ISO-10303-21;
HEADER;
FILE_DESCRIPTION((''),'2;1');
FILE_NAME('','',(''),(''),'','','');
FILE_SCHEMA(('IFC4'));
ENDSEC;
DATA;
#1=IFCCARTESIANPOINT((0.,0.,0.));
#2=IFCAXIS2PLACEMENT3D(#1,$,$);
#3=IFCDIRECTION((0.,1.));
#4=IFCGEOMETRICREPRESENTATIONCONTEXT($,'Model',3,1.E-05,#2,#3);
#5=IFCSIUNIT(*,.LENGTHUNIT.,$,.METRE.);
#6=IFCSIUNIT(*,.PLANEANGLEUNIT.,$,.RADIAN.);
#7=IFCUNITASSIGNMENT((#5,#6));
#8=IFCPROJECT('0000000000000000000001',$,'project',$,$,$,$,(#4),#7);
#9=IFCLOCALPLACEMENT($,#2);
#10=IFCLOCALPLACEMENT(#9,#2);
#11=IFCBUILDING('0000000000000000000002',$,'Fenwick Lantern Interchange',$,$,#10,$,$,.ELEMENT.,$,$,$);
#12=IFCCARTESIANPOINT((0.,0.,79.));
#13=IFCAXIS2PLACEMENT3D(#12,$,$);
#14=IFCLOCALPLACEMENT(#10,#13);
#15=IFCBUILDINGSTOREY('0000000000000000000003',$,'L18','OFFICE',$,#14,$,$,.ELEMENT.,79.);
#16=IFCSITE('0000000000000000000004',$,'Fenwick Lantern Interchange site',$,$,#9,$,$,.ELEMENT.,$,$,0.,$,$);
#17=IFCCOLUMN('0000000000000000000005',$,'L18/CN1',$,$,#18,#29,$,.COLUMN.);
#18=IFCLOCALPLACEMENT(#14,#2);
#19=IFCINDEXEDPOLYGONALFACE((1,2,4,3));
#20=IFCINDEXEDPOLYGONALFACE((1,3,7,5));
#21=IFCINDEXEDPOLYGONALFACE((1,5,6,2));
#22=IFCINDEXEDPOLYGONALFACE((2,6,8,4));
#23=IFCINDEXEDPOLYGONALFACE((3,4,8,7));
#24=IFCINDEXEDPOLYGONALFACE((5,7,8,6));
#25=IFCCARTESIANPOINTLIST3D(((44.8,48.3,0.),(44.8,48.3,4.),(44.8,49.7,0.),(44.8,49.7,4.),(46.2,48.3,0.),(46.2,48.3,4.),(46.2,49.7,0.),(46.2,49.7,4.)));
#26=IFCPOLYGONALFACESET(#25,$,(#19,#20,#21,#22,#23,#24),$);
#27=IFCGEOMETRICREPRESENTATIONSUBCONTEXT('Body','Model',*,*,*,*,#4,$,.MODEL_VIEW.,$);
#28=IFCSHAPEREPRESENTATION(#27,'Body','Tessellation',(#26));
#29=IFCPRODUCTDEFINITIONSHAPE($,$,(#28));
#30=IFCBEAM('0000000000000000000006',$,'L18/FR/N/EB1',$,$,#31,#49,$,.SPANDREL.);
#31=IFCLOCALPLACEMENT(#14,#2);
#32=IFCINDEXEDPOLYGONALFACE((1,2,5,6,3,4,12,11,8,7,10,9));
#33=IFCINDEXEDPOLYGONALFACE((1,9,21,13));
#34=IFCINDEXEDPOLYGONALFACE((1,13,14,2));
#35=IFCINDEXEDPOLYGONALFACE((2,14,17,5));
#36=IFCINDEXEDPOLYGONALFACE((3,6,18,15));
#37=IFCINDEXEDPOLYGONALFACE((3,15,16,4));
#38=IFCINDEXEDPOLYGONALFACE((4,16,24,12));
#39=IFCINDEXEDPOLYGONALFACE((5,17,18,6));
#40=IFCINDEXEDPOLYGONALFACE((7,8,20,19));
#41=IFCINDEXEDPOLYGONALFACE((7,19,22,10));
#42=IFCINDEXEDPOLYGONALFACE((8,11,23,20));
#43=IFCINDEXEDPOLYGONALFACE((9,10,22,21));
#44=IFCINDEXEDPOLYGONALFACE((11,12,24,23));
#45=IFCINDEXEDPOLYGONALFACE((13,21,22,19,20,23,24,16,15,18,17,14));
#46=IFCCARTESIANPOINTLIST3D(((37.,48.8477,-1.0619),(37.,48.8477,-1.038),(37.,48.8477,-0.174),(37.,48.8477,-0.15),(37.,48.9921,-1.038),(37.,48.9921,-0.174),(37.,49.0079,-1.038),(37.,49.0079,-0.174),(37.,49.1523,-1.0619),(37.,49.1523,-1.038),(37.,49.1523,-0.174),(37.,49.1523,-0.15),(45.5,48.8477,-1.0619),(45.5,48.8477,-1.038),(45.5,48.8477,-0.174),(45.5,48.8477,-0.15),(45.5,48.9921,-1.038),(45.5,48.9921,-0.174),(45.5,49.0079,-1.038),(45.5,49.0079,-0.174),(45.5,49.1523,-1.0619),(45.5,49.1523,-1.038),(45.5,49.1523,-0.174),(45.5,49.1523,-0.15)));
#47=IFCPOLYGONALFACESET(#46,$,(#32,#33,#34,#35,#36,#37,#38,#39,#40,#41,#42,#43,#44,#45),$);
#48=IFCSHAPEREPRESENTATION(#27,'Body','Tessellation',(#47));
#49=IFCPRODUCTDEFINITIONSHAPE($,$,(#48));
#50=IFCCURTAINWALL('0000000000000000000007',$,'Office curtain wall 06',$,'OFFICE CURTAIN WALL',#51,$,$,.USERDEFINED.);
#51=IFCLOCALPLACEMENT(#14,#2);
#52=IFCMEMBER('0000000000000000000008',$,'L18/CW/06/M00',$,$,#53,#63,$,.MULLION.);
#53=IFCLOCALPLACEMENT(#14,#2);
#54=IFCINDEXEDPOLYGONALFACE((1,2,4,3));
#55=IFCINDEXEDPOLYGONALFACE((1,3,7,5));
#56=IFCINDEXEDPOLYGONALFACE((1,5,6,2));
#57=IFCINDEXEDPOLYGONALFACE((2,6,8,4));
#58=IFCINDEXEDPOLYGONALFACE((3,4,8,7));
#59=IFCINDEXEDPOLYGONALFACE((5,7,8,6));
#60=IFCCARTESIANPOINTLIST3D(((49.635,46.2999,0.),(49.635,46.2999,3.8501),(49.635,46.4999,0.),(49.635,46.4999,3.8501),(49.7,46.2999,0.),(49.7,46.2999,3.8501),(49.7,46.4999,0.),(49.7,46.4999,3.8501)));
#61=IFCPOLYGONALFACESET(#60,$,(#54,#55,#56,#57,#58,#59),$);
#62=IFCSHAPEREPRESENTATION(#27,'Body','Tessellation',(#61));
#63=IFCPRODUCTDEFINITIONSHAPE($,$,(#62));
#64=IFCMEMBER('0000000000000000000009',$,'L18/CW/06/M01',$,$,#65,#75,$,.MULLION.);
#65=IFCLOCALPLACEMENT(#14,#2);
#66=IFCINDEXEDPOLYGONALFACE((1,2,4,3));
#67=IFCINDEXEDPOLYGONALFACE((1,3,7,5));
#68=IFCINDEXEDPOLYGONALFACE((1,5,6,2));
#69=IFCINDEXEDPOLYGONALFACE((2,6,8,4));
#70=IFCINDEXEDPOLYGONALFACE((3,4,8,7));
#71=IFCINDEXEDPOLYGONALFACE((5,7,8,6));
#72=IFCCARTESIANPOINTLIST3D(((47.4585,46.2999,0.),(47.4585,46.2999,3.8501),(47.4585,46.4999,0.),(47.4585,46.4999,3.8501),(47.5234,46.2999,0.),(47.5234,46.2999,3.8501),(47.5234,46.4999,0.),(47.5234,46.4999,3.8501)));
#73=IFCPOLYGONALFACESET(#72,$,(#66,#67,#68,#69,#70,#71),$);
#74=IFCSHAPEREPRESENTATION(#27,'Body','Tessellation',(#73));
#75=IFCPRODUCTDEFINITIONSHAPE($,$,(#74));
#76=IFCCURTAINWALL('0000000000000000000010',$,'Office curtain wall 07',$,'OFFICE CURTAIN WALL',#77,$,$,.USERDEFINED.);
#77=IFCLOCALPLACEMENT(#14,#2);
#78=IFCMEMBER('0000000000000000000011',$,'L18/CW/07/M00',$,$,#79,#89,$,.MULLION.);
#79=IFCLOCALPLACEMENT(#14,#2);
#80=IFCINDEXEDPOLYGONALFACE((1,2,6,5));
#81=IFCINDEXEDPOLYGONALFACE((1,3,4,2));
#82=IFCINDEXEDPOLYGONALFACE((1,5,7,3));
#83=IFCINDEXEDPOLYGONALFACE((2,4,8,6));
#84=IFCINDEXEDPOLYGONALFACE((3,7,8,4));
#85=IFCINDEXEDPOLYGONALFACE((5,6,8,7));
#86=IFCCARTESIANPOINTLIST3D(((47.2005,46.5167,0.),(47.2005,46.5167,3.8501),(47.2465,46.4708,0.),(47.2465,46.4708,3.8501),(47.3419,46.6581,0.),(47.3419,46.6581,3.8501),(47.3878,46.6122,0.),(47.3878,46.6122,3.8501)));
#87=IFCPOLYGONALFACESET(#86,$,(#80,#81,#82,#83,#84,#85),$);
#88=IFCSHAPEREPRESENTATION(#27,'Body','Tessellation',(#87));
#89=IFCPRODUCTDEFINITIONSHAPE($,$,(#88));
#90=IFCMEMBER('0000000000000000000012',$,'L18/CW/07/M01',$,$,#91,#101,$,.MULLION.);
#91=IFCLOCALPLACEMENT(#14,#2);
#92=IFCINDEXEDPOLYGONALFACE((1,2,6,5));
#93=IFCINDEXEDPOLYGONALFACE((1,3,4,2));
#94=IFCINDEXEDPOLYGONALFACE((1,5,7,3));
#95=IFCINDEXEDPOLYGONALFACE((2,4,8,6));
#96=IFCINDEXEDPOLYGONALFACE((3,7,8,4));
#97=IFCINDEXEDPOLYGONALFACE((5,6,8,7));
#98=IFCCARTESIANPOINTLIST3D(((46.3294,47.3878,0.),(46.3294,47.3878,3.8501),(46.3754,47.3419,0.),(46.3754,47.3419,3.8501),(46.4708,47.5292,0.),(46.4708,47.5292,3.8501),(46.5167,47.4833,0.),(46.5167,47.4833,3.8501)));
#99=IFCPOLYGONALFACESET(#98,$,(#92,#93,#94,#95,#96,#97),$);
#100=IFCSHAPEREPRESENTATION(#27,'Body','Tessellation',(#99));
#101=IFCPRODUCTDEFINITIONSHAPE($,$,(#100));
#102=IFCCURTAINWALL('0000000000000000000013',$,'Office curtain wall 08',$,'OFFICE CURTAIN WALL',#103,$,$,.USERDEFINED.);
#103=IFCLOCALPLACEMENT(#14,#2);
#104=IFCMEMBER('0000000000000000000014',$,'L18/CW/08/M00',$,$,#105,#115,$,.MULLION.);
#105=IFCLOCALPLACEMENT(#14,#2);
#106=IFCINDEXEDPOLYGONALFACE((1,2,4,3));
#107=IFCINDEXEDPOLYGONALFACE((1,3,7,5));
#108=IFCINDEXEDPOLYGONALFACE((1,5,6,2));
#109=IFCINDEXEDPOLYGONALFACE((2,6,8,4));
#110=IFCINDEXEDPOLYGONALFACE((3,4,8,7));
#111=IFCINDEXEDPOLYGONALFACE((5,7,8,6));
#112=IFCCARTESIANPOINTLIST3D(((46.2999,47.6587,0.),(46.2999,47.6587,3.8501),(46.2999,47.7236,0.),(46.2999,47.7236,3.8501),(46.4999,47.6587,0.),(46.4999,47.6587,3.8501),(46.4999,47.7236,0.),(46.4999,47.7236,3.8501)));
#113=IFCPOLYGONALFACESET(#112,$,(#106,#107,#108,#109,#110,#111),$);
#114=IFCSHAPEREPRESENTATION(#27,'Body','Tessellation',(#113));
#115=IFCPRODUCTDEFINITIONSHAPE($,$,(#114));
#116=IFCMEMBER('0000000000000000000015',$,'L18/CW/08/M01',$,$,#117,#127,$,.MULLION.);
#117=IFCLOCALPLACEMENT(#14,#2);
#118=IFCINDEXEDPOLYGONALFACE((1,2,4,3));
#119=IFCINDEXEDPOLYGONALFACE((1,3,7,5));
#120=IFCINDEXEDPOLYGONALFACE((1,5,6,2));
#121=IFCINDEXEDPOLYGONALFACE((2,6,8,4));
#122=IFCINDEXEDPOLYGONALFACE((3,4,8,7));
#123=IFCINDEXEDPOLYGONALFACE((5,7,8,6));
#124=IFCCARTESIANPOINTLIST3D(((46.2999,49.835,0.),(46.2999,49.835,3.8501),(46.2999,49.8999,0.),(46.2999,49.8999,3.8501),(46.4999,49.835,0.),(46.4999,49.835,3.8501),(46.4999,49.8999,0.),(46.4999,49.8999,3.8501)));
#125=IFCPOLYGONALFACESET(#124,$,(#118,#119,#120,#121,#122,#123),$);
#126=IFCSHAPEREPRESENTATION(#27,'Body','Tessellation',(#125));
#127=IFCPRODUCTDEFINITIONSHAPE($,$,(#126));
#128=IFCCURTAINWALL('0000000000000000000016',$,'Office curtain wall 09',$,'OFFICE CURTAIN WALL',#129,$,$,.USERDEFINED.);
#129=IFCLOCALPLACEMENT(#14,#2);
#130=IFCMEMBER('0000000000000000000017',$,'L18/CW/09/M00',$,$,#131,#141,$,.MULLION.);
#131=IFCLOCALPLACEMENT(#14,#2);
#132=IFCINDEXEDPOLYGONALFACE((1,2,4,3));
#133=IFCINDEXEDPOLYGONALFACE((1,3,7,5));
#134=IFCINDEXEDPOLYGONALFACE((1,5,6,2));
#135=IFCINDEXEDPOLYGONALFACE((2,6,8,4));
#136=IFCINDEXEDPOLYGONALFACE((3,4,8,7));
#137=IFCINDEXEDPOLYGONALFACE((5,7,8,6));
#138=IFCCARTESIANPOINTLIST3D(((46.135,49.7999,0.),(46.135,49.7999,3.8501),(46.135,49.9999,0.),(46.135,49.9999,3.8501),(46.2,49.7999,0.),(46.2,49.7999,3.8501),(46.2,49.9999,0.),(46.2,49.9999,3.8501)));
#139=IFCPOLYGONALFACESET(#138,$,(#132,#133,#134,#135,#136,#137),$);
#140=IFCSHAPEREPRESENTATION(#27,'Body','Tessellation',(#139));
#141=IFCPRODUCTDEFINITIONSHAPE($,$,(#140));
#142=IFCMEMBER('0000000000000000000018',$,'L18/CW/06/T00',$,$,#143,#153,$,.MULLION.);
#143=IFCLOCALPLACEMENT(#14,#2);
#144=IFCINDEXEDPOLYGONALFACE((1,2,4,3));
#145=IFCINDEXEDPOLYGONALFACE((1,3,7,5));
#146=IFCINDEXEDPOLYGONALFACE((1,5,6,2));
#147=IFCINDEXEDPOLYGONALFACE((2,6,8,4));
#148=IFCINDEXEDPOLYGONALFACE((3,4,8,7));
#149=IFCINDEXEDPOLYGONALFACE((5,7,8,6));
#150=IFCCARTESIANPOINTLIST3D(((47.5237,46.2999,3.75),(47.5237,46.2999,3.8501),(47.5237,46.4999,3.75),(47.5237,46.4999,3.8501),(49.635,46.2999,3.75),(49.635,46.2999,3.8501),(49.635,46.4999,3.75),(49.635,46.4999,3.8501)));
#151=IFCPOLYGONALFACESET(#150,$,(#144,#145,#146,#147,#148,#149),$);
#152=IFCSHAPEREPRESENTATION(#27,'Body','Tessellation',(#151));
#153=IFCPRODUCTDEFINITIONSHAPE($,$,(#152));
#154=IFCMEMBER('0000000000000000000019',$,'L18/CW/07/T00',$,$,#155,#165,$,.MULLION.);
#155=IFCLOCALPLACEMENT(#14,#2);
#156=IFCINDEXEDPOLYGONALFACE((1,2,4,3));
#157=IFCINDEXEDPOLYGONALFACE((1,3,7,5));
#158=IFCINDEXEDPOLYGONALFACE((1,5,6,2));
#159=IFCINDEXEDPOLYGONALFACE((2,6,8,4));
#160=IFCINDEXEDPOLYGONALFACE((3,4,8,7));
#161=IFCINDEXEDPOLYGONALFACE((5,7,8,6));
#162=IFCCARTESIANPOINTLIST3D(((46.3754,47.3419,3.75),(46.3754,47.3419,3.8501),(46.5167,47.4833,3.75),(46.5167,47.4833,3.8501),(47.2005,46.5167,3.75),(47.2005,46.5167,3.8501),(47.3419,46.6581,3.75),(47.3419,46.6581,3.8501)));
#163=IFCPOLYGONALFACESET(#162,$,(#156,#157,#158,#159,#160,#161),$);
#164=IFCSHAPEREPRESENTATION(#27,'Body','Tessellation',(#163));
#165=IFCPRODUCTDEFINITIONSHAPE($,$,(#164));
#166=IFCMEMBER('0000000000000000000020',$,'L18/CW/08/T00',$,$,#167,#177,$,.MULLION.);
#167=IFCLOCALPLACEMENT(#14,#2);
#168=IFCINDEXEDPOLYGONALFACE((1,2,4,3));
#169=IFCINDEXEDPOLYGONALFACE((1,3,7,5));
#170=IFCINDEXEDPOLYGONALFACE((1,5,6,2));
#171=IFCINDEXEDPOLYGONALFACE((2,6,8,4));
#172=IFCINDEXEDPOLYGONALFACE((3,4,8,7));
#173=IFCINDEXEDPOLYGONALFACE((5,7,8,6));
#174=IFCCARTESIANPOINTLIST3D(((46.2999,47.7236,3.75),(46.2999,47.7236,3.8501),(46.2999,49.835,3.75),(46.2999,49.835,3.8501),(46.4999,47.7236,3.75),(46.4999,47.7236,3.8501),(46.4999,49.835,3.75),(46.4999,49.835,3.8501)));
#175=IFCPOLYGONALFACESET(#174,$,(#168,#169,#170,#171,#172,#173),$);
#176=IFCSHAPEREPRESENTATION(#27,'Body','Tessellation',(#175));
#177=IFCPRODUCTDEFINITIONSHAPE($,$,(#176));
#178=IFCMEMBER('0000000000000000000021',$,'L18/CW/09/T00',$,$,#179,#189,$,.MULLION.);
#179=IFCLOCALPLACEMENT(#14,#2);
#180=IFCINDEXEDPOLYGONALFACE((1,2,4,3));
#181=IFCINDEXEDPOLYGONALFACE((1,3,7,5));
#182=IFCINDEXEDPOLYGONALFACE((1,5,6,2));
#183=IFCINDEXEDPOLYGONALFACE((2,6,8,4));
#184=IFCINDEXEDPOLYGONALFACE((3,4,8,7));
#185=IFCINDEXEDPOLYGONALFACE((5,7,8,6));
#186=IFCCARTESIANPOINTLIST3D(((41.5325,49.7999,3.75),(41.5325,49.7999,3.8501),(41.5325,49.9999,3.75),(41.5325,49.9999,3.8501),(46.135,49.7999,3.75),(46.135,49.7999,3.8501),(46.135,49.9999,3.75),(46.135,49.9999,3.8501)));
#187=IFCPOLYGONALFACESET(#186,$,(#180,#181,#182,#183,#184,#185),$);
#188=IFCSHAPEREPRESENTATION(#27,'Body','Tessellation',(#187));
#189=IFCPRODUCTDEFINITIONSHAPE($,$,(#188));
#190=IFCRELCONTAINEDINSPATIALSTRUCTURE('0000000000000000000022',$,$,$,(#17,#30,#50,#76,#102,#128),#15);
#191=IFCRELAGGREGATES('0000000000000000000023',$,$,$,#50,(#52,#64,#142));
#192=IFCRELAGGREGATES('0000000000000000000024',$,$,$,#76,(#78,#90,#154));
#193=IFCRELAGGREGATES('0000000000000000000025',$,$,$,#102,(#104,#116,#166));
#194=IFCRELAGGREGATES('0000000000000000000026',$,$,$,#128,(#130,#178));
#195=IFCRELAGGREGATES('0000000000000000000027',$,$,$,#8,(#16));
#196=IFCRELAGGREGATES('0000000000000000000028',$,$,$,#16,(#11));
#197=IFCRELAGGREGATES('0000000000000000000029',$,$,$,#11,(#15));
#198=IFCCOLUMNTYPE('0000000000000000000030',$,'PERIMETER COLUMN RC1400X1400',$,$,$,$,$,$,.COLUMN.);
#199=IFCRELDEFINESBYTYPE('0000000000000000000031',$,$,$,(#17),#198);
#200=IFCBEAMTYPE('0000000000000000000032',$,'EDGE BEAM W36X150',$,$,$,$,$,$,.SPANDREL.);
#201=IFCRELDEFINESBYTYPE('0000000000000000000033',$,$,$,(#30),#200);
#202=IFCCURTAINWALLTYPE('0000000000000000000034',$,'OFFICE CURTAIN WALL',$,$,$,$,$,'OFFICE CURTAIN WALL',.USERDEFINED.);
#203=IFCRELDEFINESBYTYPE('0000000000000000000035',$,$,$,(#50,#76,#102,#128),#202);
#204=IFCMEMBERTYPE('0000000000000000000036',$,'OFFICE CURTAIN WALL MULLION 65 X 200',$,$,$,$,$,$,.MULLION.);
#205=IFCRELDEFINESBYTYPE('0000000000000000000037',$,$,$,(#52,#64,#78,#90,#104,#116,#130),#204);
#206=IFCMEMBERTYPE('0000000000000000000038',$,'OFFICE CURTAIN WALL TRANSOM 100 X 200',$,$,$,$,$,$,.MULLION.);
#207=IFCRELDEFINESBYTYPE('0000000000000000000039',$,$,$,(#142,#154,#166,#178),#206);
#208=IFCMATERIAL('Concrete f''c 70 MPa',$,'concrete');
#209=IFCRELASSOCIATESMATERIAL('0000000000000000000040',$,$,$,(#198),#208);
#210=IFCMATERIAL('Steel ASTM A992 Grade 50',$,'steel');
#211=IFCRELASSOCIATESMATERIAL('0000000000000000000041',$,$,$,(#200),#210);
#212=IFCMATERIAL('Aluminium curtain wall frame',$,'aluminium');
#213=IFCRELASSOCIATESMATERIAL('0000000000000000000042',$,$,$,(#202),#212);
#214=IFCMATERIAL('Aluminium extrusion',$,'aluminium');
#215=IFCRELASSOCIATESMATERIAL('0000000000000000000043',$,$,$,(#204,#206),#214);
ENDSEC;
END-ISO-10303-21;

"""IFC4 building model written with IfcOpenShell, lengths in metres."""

from ifc_helpers import new_model, si_unit, direction, frame, origin, origin_2d, place, context, subcontext, project, spatial, rectangle, i_section, extrude, material, material_profile, profile_set, type_object, element, aggregate, save


model = new_model("IFC4")

# Units and contexts
model_context = context("Model", 3, precision=1e-05, world=origin(), true_north=direction((0.0, 1.0)))
body_context = subcontext(model_context, "Body", "Model", "MODEL_VIEW")
ifc_project = project(units=[si_unit("LENGTHUNIT", "METRE"), si_unit("PLANEANGLEUNIT", "RADIAN")], contexts=[model_context])

# Site, building, storey
site_placement = place(None, origin())
site = spatial("IfcSite", under=ifc_project, at=site_placement, Name="Fenwick Lantern Interchange site", CompositionType="ELEMENT", RefElevation=0.0)
building_placement = place(site_placement, origin())
building = spatial("IfcBuilding", under=site, at=building_placement, Name="Fenwick Lantern Interchange", CompositionType="ELEMENT")
storey_placement = place(building_placement, frame((0.0, 0.0, 79.0)))
storey = spatial("IfcBuildingStorey", under=building, at=storey_placement, Name="L18", Description="OFFICE", CompositionType="ELEMENT", Elevation=79.0)

# Column
ifc_material_1 = material(Name="Concrete f'c 70 MPa", Category="concrete")
ifc_material_profile_1 = material_profile(ifc_material_1, rectangle(XDim=1.3999, YDim=1.3999, at=origin_2d()), Name="RC1400X1400")
ifc_profile_set_1 = profile_set([ifc_material_profile_1], Name="Concrete f'c 70 MPa")
column_type = type_object("IfcColumnType", Name="PERIMETER COLUMN RC1400X1400", PredefinedType="COLUMN", material=ifc_profile_set_1)
column_placement = place(storey_placement, frame((45.5, 49.0, 0.0), z_axis=(0.0, 0.0, 1.0), x_axis=(1.0, 0.0, 0.0)))
element("IfcColumn", 1, at=column_placement, inside=storey, type_object=column_type, Name="L18/CN1", PredefinedType="COLUMN", context=body_context, shape_type="SweptSolid", body=[
    extrude(rectangle(XDim=1.3999, YDim=1.3999, at=origin_2d()), origin(), (0.0, 0.0, 1.0), 4.0),
])

# Beam
ifc_material_2 = material(Name="Steel ASTM A992 Grade 50", Category="steel")
ifc_material_profile_2 = material_profile(ifc_material_2, i_section(OverallWidth=0.3047, OverallDepth=0.9119, WebThickness=0.0159, FlangeThickness=0.0239, at=origin_2d()), Name="W36X150")
ifc_profile_set_2 = profile_set([ifc_material_profile_2], Name="Steel ASTM A992 Grade 50")
beam_type = type_object("IfcBeamType", Name="EDGE BEAM W36X150", PredefinedType="SPANDREL", material=ifc_profile_set_2)
beam_placement = place(storey_placement, frame((45.5, 49.0, -0.606), z_axis=(-1.0, 0.0, 0.0), x_axis=(0.0, -1.0, 0.0)))
element("IfcBeam", 2, at=beam_placement, inside=storey, type_object=beam_type, Name="L18/FR/N/EB1", PredefinedType="SPANDREL", context=body_context, shape_type="SweptSolid", body=[
    extrude(i_section(OverallWidth=0.3047, OverallDepth=0.9119, WebThickness=0.0159, FlangeThickness=0.0239, at=origin_2d()), origin(), (0.0, 0.0, 1.0), 8.5),
])

# Curtain walls, members
ifc_material_3 = material(Name="Aluminium curtain wall frame", Category="aluminium")
curtain_wall_type = type_object("IfcCurtainWallType", Name="OFFICE CURTAIN WALL", ElementType="OFFICE CURTAIN WALL", PredefinedType="USERDEFINED", material=ifc_material_3)
curtain_wall_1_placement = place(storey_placement, origin())
curtain_wall_1 = element("IfcCurtainWall", 3, at=curtain_wall_1_placement, inside=storey, type_object=curtain_wall_type, Name="Office curtain wall 06", ObjectType="OFFICE CURTAIN WALL", PredefinedType="USERDEFINED")
ifc_material_4 = material(Name="Aluminium extrusion", Category="aluminium")
ifc_material_profile_3 = material_profile(ifc_material_4, rectangle(XDim=0.2, YDim=0.0649, at=origin_2d()), Name="OFFICE CURTAIN WALL MULLION 65 X 200")
ifc_profile_set_3 = profile_set([ifc_material_profile_3], Name="Aluminium extrusion")
member_type_1 = type_object("IfcMemberType", Name="OFFICE CURTAIN WALL MULLION 65 X 200", PredefinedType="MULLION", material=ifc_profile_set_3)
member_1_placement = place(storey_placement, frame((49.6675, 46.3999, 0.0), z_axis=(0.0, 0.0, 1.0), x_axis=(0.0, -1.0, 0.0)))
member_1 = element("IfcMember", 4, at=member_1_placement, type_object=member_type_1, Name="L18/CW/06/M00", PredefinedType="MULLION", context=body_context, shape_type="SweptSolid", body=[
    extrude(rectangle(XDim=0.2, YDim=0.0649, at=origin_2d()), origin(), (0.0, 0.0, 1.0), 3.8501),
])
member_2_placement = place(storey_placement, frame((47.491, 46.3999, 0.0), z_axis=(0.0, 0.0, 1.0), x_axis=(0.0, -1.0, 0.0)))
member_2 = element("IfcMember", 5, at=member_2_placement, type_object=member_type_1, Name="L18/CW/06/M01", PredefinedType="MULLION", context=body_context, shape_type="SweptSolid", body=[
    extrude(rectangle(XDim=0.2, YDim=0.0649, at=origin_2d()), origin(), (0.0, 0.0, 1.0), 3.8501),
])
curtain_wall_2_placement = place(storey_placement, origin())
curtain_wall_2 = element("IfcCurtainWall", 6, at=curtain_wall_2_placement, inside=storey, type_object=curtain_wall_type, Name="Office curtain wall 07", ObjectType="OFFICE CURTAIN WALL", PredefinedType="USERDEFINED")
member_3_placement = place(storey_placement, frame((47.2942, 46.5645, 0.0), z_axis=(0.0, 0.0, 1.0), x_axis=(-0.707107, -0.707107, 0.0)))
member_3 = element("IfcMember", 7, at=member_3_placement, type_object=member_type_1, Name="L18/CW/07/M00", PredefinedType="MULLION", context=body_context, shape_type="SweptSolid", body=[
    extrude(rectangle(XDim=0.2, YDim=0.0649, at=origin_2d()), origin(), (0.0, 0.0, 1.0), 3.8501),
])
member_4_placement = place(storey_placement, frame((46.4231, 47.4355, 0.0), z_axis=(0.0, 0.0, 1.0), x_axis=(-0.707107, -0.707107, 0.0)))
member_4 = element("IfcMember", 8, at=member_4_placement, type_object=member_type_1, Name="L18/CW/07/M01", PredefinedType="MULLION", context=body_context, shape_type="SweptSolid", body=[
    extrude(rectangle(XDim=0.2, YDim=0.0649, at=origin_2d()), origin(), (0.0, 0.0, 1.0), 3.8501),
])
curtain_wall_3_placement = place(storey_placement, origin())
curtain_wall_3 = element("IfcCurtainWall", 9, at=curtain_wall_3_placement, inside=storey, type_object=curtain_wall_type, Name="Office curtain wall 08", ObjectType="OFFICE CURTAIN WALL", PredefinedType="USERDEFINED")
member_5_placement = place(storey_placement, frame((46.3999, 47.6912, 0.0), z_axis=(0.0, 0.0, 1.0), x_axis=(-1.0, 0.0, 0.0)))
member_5 = element("IfcMember", 10, at=member_5_placement, type_object=member_type_1, Name="L18/CW/08/M00", PredefinedType="MULLION", context=body_context, shape_type="SweptSolid", body=[
    extrude(rectangle(XDim=0.2, YDim=0.0649, at=origin_2d()), origin(), (0.0, 0.0, 1.0), 3.8501),
])
member_6_placement = place(storey_placement, frame((46.3999, 49.8674, 0.0), z_axis=(0.0, 0.0, 1.0), x_axis=(-1.0, 0.0, 0.0)))
member_6 = element("IfcMember", 11, at=member_6_placement, type_object=member_type_1, Name="L18/CW/08/M01", PredefinedType="MULLION", context=body_context, shape_type="SweptSolid", body=[
    extrude(rectangle(XDim=0.2, YDim=0.0649, at=origin_2d()), origin(), (0.0, 0.0, 1.0), 3.8501),
])

# Curtain wall, member
curtain_wall_4_placement = place(storey_placement, origin())
curtain_wall_4 = element("IfcCurtainWall", 12, at=curtain_wall_4_placement, inside=storey, type_object=curtain_wall_type, Name="Office curtain wall 09", ObjectType="OFFICE CURTAIN WALL", PredefinedType="USERDEFINED")
member_7_placement = place(storey_placement, frame((46.1675, 49.8999, 0.0), z_axis=(0.0, 0.0, 1.0), x_axis=(0.0, -1.0, 0.0)))
member_7 = element("IfcMember", 13, at=member_7_placement, type_object=member_type_1, Name="L18/CW/09/M00", PredefinedType="MULLION", context=body_context, shape_type="SweptSolid", body=[
    extrude(rectangle(XDim=0.2, YDim=0.0649, at=origin_2d()), origin(), (0.0, 0.0, 1.0), 3.8501),
])

# Members
ifc_material_profile_4 = material_profile(ifc_material_4, rectangle(XDim=0.2, YDim=0.1001, at=origin_2d()), Name="OFFICE CURTAIN WALL TRANSOM 100 X 200")
ifc_profile_set_4 = profile_set([ifc_material_profile_4], Name="Aluminium extrusion")
member_type_2 = type_object("IfcMemberType", Name="OFFICE CURTAIN WALL TRANSOM 100 X 200", PredefinedType="MULLION", material=ifc_profile_set_4)
member_8_placement = place(storey_placement, frame((49.635, 46.3999, 3.8), z_axis=(-1.0, 0.0, 0.0), x_axis=(0.0, -1.0, 0.0)))
member_8 = element("IfcMember", 14, at=member_8_placement, type_object=member_type_2, Name="L18/CW/06/T00", PredefinedType="MULLION", context=body_context, shape_type="SweptSolid", body=[
    extrude(rectangle(XDim=0.2, YDim=0.1001, at=origin_2d()), origin(), (0.0, 0.0, 1.0), 2.1113),
])
member_9_placement = place(storey_placement, frame((47.2712, 46.5874, 3.8), z_axis=(-0.707107, 0.707107, 0.0), x_axis=(-0.707107, -0.707107, 0.0)))
member_9 = element("IfcMember", 15, at=member_9_placement, type_object=member_type_2, Name="L18/CW/07/T00", PredefinedType="MULLION", context=body_context, shape_type="SweptSolid", body=[
    extrude(rectangle(XDim=0.2, YDim=0.1001, at=origin_2d()), origin(), (0.0, 0.0, 1.0), 1.167),
])
member_10_placement = place(storey_placement, frame((46.3999, 47.7236, 3.8), z_axis=(0.0, 1.0, 0.0), x_axis=(-1.0, 0.0, 0.0)))
member_10 = element("IfcMember", 16, at=member_10_placement, type_object=member_type_2, Name="L18/CW/08/T00", PredefinedType="MULLION", context=body_context, shape_type="SweptSolid", body=[
    extrude(rectangle(XDim=0.2, YDim=0.1001, at=origin_2d()), origin(), (0.0, 0.0, 1.0), 2.1113),
])
member_11_placement = place(storey_placement, frame((46.135, 49.8999, 3.8), z_axis=(-1.0, 0.0, 0.0), x_axis=(0.0, -1.0, 0.0)))
member_11 = element("IfcMember", 17, at=member_11_placement, type_object=member_type_2, Name="L18/CW/09/T00", PredefinedType="MULLION", context=body_context, shape_type="SweptSolid", body=[
    extrude(rectangle(XDim=0.2, YDim=0.1001, at=origin_2d()), origin(), (0.0, 0.0, 1.0), 4.6025),
])

aggregate(curtain_wall_1, [member_1, member_2, member_8])
aggregate(curtain_wall_2, [member_3, member_4, member_9])
aggregate(curtain_wall_3, [member_5, member_6, member_10])
aggregate(curtain_wall_4, [member_7, member_11])

save(model, "model.ifc")
